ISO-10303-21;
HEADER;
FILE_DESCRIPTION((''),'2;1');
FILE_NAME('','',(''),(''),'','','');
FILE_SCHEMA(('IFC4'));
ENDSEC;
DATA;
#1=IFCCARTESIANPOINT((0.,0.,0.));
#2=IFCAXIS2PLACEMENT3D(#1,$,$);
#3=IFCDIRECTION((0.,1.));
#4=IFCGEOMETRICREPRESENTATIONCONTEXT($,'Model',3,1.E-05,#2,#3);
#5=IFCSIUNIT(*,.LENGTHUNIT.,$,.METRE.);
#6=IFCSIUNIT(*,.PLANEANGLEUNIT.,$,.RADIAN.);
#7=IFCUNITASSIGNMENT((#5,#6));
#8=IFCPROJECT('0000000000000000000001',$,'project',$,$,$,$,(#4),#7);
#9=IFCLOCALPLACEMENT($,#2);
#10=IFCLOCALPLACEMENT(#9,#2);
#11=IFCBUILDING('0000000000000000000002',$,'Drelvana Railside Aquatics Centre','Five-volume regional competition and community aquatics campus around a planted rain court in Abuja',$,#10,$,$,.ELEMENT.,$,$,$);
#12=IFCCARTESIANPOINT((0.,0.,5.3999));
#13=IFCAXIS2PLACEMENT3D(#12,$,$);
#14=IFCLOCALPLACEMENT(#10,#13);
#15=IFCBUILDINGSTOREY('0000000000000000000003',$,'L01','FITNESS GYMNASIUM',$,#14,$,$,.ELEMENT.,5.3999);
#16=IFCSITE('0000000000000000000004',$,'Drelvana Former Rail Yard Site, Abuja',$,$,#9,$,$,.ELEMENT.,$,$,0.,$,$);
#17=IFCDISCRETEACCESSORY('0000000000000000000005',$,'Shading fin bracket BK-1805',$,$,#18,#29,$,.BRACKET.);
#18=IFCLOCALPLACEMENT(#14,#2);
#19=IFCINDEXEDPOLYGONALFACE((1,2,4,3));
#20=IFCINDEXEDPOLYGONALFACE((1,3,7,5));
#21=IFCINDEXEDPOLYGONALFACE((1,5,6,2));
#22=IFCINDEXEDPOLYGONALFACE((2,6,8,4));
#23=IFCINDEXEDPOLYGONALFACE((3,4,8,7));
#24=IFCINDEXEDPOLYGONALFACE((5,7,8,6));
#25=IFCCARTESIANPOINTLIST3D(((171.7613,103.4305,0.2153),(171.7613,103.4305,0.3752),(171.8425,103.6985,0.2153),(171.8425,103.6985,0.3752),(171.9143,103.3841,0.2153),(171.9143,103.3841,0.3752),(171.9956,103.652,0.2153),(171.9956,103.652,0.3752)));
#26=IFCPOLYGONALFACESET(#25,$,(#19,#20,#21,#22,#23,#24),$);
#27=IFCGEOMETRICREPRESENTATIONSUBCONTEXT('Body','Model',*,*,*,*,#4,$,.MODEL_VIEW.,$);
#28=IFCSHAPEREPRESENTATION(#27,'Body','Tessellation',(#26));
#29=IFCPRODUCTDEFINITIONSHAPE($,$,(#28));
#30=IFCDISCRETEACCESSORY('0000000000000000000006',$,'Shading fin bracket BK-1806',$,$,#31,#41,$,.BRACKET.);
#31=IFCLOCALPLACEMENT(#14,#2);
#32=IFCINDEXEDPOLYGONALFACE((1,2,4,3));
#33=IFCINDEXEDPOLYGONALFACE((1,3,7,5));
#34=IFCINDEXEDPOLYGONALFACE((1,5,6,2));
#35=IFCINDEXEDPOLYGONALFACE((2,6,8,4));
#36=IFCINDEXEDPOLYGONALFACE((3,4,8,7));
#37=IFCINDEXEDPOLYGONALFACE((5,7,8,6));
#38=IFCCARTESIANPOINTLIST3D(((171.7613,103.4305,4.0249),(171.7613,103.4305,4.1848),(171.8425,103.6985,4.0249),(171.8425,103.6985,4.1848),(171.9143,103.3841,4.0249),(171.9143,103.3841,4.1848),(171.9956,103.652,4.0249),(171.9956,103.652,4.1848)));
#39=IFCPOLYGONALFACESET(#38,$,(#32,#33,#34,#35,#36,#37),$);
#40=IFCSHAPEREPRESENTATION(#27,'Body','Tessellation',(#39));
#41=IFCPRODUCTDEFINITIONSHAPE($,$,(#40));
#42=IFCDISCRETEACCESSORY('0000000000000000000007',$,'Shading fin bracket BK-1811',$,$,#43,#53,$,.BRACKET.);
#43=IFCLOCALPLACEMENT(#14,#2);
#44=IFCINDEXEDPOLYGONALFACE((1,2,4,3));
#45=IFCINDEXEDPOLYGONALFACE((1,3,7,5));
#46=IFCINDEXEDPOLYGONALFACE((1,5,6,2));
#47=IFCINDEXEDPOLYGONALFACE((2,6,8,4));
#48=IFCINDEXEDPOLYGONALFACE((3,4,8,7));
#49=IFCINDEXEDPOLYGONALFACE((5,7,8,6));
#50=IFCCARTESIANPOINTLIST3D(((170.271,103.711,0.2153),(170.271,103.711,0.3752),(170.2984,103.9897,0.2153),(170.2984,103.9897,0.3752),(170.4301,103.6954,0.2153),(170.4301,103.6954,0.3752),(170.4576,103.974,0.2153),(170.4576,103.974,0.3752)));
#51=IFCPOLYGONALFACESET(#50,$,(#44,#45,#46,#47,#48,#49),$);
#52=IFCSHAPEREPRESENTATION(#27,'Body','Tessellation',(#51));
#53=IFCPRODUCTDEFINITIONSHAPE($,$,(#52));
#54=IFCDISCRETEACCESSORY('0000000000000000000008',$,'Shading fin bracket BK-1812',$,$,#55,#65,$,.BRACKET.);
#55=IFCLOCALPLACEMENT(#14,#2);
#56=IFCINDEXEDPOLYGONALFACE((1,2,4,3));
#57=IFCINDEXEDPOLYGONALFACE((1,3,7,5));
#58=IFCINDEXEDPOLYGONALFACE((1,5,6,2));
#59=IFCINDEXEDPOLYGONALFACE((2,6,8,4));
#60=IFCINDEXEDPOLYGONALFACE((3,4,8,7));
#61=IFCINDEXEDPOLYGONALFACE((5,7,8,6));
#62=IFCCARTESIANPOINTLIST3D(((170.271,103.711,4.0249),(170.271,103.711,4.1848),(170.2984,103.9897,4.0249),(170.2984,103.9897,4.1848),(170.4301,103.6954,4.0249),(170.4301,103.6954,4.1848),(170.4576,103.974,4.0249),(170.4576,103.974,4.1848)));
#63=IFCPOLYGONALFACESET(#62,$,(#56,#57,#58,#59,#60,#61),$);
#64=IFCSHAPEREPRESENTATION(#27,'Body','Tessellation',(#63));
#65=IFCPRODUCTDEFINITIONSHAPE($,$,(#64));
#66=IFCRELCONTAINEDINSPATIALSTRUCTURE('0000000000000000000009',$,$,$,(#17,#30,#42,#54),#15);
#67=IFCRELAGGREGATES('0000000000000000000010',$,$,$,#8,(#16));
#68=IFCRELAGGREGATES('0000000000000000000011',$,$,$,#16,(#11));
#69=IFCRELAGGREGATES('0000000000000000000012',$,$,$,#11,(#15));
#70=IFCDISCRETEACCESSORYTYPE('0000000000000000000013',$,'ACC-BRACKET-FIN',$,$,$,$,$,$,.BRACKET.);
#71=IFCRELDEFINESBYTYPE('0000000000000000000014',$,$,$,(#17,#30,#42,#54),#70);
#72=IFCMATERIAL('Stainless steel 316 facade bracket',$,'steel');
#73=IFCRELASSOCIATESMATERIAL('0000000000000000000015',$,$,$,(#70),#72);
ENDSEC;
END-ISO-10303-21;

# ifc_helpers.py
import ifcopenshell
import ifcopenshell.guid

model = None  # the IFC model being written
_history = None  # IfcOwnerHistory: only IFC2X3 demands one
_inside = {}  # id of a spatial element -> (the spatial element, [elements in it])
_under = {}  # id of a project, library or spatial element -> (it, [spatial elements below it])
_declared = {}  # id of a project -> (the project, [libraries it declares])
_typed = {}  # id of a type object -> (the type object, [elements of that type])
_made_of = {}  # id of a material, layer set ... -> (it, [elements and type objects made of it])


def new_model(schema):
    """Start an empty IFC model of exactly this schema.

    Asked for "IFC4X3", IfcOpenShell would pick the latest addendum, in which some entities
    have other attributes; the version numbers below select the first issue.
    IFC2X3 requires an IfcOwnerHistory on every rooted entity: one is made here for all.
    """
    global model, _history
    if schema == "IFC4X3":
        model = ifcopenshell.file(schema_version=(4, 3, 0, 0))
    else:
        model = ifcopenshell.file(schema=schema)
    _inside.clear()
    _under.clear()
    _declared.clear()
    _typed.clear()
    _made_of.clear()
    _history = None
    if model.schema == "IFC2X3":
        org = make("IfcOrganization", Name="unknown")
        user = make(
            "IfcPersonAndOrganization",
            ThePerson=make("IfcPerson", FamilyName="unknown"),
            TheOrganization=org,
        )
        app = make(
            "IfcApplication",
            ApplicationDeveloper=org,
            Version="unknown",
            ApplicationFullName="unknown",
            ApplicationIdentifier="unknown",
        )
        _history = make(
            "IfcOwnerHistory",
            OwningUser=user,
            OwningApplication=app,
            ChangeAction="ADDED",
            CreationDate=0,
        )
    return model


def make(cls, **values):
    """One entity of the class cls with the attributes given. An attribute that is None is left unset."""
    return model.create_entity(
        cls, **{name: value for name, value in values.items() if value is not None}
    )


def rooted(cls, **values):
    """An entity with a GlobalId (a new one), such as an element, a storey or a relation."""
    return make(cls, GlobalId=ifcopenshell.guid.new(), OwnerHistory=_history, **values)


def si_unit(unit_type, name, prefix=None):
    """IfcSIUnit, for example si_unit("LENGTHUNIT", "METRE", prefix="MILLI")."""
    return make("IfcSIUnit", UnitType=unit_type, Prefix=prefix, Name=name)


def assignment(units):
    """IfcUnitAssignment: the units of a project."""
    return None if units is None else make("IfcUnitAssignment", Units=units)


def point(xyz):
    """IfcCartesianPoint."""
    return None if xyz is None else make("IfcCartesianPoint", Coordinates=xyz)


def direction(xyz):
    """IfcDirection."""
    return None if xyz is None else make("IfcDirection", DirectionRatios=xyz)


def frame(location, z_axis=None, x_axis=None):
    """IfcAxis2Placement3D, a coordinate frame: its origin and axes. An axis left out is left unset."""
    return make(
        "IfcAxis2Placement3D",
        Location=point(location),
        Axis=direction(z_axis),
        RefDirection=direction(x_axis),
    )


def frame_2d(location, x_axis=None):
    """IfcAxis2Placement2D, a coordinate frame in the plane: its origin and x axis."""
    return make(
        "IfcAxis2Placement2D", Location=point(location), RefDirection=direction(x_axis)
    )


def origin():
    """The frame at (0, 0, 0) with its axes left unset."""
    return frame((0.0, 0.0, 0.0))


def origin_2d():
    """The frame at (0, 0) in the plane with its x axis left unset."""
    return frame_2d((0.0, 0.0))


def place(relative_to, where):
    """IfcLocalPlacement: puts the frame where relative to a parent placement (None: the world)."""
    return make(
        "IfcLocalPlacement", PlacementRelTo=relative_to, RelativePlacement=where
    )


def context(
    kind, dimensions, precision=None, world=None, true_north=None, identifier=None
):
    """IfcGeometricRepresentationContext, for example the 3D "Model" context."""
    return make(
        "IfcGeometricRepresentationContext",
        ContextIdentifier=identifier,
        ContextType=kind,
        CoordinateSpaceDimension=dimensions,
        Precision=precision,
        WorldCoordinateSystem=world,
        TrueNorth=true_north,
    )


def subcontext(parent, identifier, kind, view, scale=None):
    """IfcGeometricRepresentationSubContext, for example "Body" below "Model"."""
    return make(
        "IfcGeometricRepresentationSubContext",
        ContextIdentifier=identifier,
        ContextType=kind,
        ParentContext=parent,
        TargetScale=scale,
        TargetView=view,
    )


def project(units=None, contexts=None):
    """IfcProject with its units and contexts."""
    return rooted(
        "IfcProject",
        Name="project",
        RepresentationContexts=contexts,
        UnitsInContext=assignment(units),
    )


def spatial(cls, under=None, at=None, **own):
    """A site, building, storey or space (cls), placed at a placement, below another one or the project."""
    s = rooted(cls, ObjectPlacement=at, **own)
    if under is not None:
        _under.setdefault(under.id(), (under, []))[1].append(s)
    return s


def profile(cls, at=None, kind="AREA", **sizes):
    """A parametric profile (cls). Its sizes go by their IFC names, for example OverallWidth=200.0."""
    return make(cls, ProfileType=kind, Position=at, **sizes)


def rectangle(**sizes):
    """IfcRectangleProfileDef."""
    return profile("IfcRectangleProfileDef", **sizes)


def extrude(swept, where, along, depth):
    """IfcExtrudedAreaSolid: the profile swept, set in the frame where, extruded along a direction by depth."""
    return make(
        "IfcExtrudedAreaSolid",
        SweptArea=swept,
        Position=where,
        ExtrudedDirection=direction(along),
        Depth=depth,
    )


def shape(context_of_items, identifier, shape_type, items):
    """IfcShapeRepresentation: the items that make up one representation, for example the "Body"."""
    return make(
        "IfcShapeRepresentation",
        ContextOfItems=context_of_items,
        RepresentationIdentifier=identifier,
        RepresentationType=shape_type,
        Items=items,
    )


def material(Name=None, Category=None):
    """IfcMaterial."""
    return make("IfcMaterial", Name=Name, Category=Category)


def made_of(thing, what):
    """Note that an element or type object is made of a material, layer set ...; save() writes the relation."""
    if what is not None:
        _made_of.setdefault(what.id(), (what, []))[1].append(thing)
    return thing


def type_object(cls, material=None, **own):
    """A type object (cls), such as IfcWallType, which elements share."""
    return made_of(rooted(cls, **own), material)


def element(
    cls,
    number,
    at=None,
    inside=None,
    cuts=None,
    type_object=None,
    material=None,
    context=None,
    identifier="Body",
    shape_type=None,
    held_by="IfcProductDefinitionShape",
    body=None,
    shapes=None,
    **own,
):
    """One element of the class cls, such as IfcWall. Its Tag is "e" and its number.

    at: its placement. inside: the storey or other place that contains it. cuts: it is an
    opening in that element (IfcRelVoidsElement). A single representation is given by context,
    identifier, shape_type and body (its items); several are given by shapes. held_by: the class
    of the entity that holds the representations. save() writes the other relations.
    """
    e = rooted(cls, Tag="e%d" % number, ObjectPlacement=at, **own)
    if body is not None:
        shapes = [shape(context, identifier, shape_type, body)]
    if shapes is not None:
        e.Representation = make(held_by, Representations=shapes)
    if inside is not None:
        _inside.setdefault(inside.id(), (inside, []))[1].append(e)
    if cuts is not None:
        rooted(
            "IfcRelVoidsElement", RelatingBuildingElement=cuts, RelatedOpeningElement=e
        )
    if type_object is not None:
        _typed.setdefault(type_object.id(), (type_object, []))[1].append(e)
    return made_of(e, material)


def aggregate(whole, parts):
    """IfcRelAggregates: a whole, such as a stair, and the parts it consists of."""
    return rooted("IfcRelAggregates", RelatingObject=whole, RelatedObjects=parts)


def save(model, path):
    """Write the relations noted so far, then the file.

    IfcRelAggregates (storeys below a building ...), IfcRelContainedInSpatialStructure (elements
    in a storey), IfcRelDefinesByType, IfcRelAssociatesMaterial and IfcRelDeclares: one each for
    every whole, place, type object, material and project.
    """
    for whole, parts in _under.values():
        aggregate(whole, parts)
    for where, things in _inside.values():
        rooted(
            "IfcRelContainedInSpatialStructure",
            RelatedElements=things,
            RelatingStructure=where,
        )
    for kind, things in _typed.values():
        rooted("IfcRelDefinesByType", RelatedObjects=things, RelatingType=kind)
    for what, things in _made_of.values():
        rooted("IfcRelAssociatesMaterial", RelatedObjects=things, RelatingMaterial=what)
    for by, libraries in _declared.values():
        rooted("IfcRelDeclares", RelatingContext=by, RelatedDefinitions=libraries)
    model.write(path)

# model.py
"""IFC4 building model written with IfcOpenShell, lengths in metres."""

from ifc_helpers import new_model, si_unit, direction, frame, origin, origin_2d, place, context, subcontext, project, spatial, rectangle, extrude, material, type_object, element, save


model = new_model("IFC4")

# Units and contexts
model_context = context("Model", 3, precision=1e-05, world=origin(), true_north=direction((0.0, 1.0)))
body_context = subcontext(model_context, "Body", "Model", "MODEL_VIEW")
ifc_project = project(units=[si_unit("LENGTHUNIT", "METRE"), si_unit("PLANEANGLEUNIT", "RADIAN")], contexts=[model_context])

# Site, building, storey
site_placement = place(None, origin())
site = spatial("IfcSite", under=ifc_project, at=site_placement, Name="Drelvana Former Rail Yard Site, Abuja", CompositionType="ELEMENT", RefElevation=0.0)
building_placement = place(site_placement, origin())
building = spatial("IfcBuilding", under=site, at=building_placement, Name="Drelvana Railside Aquatics Centre", Description="Five-volume regional competition and community aquatics campus around a planted rain court in Abuja", CompositionType="ELEMENT")
storey_placement = place(building_placement, frame((0.0, 0.0, 5.3999)))
storey = spatial("IfcBuildingStorey", under=building, at=storey_placement, Name="L01", Description="FITNESS GYMNASIUM", CompositionType="ELEMENT", Elevation=5.3999)

# Discrete accessories
ifc_material_1 = material(Name="Stainless steel 316 facade bracket", Category="steel")
discrete_accessory_type = type_object("IfcDiscreteAccessoryType", Name="ACC-BRACKET-FIN", PredefinedType="BRACKET", material=ifc_material_1)
for number, where, z_axis, x_axis, name in (
    (1, (171.8784, 103.5413, 0.2153), (0.0, 0.0, 1.0), (0.290285, 0.95694, 0.0), "Shading fin bracket BK-1805"),
    (2, (171.8784, 103.5413, 4.0249), (0.0, 0.0, 1.0), (0.290285, 0.95694, 0.0), "Shading fin bracket BK-1806"),
    (3, (170.3643, 103.8425, 0.2153), (0.0, 0.0, 1.0), (0.098017, 0.995185, 0.0), "Shading fin bracket BK-1811"),
    (4, (170.3643, 103.8425, 4.0249), (0.0, 0.0, 1.0), (0.098017, 0.995185, 0.0), "Shading fin bracket BK-1812"),
):
    element("IfcDiscreteAccessory", number, at=place(storey_placement, frame(where, z_axis=z_axis, x_axis=x_axis)), inside=storey, type_object=discrete_accessory_type, Name=name, PredefinedType="BRACKET", context=body_context, shape_type="SweptSolid", body=[
        extrude(rectangle(XDim=0.28, YDim=0.1599, at=origin_2d()), origin(), (0.0, 0.0, 1.0), 0.1599),
    ])

save(model, "model.ifc")
